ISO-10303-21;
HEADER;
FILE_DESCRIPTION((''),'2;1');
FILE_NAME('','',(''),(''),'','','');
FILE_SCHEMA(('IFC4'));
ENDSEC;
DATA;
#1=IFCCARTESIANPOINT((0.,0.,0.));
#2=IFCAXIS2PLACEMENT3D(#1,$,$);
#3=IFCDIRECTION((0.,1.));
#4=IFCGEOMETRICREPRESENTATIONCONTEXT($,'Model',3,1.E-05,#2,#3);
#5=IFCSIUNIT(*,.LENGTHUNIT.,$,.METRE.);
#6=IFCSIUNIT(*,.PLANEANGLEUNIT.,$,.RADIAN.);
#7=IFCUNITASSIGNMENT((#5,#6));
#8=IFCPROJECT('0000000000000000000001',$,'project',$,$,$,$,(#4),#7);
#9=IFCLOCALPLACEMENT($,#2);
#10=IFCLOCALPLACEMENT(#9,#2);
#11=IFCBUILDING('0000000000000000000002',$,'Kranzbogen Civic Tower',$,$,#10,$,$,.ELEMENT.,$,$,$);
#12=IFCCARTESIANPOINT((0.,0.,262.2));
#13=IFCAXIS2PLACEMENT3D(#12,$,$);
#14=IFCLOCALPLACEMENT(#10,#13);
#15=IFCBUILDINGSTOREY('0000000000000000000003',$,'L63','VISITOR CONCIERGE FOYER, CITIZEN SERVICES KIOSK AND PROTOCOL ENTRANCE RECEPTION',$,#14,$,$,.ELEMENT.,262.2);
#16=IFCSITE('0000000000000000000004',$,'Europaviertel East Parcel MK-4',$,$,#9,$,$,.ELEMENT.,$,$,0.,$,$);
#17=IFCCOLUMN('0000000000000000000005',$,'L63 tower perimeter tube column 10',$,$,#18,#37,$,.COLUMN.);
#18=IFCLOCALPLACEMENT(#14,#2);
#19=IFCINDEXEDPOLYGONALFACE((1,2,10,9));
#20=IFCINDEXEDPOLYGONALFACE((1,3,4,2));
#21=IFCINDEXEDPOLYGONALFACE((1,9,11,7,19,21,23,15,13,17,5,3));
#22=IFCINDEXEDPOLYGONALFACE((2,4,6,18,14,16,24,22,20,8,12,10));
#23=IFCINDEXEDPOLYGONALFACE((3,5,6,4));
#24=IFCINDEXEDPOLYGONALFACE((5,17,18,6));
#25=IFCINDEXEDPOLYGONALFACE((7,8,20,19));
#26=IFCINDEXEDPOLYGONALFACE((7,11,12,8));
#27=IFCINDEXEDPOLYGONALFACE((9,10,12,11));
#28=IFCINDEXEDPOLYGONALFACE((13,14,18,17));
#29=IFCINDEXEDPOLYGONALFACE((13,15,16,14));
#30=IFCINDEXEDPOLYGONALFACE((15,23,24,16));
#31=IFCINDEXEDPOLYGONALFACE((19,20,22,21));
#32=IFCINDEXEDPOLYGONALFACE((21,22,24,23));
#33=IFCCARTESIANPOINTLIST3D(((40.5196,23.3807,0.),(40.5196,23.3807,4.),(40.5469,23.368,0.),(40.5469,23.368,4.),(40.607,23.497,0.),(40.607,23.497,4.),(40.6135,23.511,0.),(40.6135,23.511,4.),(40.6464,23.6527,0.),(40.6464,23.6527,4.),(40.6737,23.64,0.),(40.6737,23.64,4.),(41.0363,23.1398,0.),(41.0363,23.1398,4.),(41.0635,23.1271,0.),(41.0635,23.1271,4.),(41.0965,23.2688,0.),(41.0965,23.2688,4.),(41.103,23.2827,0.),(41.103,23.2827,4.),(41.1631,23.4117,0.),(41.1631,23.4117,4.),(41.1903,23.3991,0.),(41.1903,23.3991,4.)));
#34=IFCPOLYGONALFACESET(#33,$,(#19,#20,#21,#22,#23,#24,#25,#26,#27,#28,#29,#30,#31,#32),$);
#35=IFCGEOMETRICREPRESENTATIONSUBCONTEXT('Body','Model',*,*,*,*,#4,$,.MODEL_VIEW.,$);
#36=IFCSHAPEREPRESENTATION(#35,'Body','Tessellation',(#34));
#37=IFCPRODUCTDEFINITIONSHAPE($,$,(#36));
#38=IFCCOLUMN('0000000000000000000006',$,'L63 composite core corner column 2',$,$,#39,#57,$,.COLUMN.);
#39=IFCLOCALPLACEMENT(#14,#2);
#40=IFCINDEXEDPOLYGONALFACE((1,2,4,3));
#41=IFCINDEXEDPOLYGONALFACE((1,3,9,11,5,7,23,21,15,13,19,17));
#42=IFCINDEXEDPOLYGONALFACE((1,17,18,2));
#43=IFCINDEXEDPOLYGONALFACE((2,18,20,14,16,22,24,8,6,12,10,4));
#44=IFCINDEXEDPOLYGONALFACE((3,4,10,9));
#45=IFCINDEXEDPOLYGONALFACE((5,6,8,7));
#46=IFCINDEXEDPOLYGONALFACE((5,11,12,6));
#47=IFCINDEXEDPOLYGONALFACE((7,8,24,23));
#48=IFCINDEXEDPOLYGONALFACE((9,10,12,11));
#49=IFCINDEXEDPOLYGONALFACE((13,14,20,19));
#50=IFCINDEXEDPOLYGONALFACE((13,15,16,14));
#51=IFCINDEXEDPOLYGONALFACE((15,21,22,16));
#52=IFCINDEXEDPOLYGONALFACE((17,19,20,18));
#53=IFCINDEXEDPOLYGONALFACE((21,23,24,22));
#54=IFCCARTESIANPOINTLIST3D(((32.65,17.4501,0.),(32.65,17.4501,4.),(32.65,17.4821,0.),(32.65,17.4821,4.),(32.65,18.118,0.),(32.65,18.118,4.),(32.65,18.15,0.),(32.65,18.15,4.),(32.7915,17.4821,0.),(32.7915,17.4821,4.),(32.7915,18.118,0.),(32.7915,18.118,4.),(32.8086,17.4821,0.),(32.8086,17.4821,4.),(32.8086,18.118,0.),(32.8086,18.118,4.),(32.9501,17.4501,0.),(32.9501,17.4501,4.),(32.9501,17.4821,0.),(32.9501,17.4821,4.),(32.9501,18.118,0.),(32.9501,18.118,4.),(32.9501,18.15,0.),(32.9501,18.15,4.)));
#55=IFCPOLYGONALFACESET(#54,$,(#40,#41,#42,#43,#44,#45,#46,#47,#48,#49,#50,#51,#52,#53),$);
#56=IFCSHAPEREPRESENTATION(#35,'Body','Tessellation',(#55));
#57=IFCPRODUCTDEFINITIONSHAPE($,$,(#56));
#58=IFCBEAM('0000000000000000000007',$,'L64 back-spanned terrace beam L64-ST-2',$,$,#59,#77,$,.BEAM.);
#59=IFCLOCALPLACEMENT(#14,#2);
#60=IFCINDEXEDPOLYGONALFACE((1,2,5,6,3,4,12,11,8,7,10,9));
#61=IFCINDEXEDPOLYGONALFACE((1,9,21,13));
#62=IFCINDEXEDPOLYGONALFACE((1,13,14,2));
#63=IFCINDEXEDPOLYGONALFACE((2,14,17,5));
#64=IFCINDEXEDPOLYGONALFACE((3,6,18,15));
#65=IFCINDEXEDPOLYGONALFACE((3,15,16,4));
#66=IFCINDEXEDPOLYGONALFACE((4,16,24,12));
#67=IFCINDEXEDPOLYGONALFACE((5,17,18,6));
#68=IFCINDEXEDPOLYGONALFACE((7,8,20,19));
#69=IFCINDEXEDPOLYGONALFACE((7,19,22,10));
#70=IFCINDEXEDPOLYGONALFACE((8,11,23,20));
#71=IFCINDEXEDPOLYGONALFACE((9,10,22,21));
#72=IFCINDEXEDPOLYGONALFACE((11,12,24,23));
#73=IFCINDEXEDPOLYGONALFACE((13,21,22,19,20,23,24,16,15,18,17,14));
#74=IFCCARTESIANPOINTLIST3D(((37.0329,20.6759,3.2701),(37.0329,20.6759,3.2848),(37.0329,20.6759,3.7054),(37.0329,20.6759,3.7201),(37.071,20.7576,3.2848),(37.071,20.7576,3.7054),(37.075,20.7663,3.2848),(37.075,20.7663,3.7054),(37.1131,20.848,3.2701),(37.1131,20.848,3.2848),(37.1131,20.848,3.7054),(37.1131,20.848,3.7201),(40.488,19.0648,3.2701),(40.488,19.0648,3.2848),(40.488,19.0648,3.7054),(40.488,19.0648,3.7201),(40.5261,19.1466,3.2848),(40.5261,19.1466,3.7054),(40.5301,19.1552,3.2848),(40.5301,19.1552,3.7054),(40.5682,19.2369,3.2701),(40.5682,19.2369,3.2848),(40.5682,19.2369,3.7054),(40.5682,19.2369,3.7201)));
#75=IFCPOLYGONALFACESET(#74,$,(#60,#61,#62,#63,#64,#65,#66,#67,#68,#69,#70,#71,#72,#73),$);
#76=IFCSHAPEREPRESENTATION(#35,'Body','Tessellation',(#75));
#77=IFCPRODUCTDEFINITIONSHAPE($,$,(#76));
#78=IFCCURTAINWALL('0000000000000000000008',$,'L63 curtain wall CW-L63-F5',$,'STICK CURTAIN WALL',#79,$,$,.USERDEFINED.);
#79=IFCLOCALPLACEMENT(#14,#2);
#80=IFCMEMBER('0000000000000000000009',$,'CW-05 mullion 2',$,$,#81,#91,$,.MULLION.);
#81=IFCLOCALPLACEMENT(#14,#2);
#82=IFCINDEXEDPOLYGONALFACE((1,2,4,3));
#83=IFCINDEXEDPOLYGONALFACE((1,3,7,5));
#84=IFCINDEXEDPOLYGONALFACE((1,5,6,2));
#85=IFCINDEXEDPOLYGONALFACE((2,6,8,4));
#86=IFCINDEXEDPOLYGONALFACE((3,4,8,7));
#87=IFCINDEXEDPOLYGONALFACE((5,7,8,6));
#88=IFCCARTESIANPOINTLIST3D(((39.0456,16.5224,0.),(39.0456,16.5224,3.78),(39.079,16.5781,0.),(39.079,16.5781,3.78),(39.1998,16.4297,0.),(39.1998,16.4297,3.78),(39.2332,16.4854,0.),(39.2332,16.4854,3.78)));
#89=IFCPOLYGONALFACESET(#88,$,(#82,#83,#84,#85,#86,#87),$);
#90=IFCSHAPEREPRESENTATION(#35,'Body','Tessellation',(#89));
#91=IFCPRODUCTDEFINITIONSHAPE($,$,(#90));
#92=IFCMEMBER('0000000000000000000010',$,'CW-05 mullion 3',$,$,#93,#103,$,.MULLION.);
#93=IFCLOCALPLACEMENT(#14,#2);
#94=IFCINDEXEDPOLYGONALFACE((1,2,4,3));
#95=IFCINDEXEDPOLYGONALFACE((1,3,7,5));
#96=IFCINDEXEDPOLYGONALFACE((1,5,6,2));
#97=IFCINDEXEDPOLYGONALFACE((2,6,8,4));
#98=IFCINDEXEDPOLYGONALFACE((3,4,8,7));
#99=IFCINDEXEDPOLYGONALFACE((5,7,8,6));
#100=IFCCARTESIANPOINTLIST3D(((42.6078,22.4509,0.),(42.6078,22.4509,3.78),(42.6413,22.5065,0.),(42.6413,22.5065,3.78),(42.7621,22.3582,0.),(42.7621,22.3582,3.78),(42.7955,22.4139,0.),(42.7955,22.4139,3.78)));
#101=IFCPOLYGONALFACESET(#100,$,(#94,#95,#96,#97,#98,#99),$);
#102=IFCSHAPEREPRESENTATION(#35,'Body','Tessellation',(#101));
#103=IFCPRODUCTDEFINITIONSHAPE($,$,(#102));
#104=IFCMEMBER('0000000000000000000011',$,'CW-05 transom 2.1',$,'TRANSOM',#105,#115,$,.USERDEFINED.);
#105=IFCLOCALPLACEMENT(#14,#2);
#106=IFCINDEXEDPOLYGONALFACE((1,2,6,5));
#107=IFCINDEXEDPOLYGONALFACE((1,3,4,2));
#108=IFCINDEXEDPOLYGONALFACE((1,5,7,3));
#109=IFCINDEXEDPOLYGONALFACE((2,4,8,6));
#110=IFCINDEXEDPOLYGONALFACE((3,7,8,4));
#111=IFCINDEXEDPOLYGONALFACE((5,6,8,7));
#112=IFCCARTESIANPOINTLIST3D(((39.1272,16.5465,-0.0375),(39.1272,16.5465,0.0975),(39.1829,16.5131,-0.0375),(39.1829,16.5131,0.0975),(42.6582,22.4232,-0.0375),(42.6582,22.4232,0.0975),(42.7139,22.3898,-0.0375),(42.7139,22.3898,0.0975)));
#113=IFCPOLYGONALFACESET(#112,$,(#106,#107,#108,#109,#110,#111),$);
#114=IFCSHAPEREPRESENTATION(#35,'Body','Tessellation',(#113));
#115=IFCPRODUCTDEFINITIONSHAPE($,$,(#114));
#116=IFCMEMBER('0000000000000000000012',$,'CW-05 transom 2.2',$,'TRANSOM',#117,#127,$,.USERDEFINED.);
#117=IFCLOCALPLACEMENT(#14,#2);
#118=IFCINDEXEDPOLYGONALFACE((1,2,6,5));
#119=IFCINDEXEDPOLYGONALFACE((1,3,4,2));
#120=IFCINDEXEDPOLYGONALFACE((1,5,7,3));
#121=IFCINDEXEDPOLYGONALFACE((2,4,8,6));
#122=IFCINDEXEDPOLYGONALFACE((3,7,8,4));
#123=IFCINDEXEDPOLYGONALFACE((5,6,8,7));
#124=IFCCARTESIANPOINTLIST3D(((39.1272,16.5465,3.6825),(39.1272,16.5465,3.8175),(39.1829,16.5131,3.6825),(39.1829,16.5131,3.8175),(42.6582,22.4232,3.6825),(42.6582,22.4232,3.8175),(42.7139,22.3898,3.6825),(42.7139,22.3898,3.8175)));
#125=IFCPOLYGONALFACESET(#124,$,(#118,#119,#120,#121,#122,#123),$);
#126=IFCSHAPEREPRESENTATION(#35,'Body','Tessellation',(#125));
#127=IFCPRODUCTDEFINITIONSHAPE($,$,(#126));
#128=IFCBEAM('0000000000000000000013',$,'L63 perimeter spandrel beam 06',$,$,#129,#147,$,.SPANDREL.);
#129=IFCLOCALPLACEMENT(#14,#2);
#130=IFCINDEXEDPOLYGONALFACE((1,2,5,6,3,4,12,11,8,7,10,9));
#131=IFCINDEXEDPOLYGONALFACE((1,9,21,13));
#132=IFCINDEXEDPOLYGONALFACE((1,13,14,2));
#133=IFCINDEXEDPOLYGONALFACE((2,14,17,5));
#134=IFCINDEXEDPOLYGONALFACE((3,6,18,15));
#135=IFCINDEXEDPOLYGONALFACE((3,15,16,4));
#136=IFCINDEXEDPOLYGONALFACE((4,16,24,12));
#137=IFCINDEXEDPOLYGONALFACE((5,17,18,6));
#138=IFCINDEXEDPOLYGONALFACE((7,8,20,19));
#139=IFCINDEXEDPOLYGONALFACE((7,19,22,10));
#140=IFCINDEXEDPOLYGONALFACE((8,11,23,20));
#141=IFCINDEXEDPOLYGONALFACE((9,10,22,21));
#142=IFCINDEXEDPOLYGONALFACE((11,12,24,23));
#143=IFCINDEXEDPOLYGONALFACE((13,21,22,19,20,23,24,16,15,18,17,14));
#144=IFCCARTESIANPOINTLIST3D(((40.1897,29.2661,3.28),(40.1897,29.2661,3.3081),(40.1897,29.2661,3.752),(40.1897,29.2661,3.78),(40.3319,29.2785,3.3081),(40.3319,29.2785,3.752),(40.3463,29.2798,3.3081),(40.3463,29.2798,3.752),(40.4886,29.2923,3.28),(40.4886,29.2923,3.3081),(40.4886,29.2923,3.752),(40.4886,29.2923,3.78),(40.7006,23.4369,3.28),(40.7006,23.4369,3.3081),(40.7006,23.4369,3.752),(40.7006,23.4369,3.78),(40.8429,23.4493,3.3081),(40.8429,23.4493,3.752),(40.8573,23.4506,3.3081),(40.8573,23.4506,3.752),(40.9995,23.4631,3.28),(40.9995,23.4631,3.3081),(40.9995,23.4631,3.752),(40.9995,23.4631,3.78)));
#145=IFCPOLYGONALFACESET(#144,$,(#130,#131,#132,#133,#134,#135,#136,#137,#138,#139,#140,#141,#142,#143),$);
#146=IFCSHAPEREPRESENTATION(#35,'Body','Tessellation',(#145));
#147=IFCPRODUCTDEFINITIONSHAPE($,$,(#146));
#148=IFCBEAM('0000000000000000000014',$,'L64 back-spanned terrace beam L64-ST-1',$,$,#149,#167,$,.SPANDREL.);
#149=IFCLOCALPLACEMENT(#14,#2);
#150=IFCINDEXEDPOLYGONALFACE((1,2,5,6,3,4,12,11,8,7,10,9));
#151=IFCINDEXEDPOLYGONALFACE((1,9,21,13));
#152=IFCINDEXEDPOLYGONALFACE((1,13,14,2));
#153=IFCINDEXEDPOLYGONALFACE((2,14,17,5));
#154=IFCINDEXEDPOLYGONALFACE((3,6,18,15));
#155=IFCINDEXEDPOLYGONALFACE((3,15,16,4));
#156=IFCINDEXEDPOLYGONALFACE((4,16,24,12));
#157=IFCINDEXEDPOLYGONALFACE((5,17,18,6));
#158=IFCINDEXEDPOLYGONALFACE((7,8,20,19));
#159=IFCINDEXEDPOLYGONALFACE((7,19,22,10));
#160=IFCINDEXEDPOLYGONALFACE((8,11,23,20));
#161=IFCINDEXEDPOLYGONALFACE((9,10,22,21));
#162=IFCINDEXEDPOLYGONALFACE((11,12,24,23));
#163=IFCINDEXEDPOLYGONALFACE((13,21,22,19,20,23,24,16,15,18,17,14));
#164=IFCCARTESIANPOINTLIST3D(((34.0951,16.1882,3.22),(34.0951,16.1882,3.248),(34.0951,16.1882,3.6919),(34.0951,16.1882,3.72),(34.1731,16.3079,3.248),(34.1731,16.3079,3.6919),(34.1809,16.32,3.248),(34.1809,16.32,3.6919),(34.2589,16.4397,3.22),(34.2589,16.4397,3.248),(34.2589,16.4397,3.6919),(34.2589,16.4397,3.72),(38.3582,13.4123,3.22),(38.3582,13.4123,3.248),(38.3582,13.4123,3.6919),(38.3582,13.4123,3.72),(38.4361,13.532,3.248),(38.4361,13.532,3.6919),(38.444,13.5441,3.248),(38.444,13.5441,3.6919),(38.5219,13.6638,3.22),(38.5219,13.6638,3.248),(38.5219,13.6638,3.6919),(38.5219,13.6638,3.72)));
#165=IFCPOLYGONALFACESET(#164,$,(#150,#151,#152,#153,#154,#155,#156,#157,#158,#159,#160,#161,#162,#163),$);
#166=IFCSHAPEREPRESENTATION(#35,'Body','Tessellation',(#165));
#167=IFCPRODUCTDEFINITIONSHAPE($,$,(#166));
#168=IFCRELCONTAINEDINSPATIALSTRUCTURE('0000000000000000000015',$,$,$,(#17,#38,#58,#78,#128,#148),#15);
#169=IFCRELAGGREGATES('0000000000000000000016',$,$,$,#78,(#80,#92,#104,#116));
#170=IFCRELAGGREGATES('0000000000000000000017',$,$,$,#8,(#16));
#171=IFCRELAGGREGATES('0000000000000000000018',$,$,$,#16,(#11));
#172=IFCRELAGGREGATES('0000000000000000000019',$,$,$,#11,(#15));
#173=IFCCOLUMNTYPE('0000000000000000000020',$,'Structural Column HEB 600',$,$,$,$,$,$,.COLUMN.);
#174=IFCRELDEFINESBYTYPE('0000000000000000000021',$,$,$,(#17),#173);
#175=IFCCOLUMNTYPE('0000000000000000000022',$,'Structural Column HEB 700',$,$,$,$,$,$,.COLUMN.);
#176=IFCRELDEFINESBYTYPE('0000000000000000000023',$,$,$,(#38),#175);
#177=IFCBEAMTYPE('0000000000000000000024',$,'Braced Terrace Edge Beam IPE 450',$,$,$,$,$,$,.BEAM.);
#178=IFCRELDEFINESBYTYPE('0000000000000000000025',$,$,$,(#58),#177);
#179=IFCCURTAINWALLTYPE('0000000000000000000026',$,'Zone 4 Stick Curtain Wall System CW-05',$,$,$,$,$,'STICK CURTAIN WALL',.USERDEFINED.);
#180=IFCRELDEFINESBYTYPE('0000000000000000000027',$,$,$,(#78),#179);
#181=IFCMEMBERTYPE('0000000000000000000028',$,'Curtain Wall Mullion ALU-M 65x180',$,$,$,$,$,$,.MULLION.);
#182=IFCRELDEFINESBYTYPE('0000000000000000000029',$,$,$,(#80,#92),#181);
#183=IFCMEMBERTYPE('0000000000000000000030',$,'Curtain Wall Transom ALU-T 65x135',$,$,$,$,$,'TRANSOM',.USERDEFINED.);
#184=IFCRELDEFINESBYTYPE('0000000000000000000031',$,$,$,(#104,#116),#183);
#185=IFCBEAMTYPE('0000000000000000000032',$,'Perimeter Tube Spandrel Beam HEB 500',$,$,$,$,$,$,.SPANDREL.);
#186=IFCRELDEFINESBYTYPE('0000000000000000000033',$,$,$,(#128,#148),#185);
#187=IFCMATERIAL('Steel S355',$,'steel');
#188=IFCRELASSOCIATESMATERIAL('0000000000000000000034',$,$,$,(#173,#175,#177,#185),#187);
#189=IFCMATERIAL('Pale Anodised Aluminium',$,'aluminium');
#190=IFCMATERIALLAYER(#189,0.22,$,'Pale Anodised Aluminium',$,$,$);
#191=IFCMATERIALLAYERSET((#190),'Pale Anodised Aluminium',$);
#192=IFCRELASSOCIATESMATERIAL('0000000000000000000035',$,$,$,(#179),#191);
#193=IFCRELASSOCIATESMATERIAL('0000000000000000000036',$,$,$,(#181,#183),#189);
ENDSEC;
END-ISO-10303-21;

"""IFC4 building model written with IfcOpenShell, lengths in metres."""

from ifc_helpers import new_model, si_unit, direction, frame, origin, origin_2d, place, context, subcontext, project, spatial, rectangle, i_section, extrude, material, layer, layer_set, material_profile, profile_set, type_object, element, aggregate, save


model = new_model("IFC4")

# Units and contexts
model_context = context("Model", 3, precision=1e-05, world=origin(), true_north=direction((0.0, 1.0)))
body_context = subcontext(model_context, "Body", "Model", "MODEL_VIEW")
ifc_project = project(units=[si_unit("LENGTHUNIT", "METRE"), si_unit("PLANEANGLEUNIT", "RADIAN")], contexts=[model_context])

# Site, building, storey
site_placement = place(None, origin())
site = spatial("IfcSite", under=ifc_project, at=site_placement, Name="Europaviertel East Parcel MK-4", CompositionType="ELEMENT", RefElevation=0.0)
building_placement = place(site_placement, origin())
building = spatial("IfcBuilding", under=site, at=building_placement, Name="Kranzbogen Civic Tower", CompositionType="ELEMENT")
storey_placement = place(building_placement, frame((0.0, 0.0, 262.2)))
storey = spatial("IfcBuildingStorey", under=building, at=storey_placement, Name="L63", Description="VISITOR CONCIERGE FOYER, CITIZEN SERVICES KIOSK AND PROTOCOL ENTRANCE RECEPTION", CompositionType="ELEMENT", Elevation=262.2)

# Columns
ifc_material_1 = material(Name="Steel S355", Category="steel")
ifc_material_profile_1 = material_profile(ifc_material_1, i_section(OverallWidth=0.3, OverallDepth=0.6001, WebThickness=0.0154, FlangeThickness=0.03, at=origin_2d()), Name="HEB 600")
ifc_profile_set_1 = profile_set([ifc_material_profile_1], Name="Steel S355")
column_type_1 = type_object("IfcColumnType", Name="Structural Column HEB 600", PredefinedType="COLUMN", material=ifc_profile_set_1)
column_1_placement = place(storey_placement, frame((40.855, 23.3899, 0.0), z_axis=(0.0, 0.0, 1.0), x_axis=(0.422618, 0.906308, 0.0)))
element("IfcColumn", 1, at=column_1_placement, inside=storey, type_object=column_type_1, Name="L63 tower perimeter tube column 10", PredefinedType="COLUMN", context=body_context, shape_type="SweptSolid", body=[
    extrude(i_section(OverallWidth=0.3, OverallDepth=0.6001, WebThickness=0.0154, FlangeThickness=0.03, at=origin_2d()), origin(), (0.0, 0.0, 1.0), 4.0),
])
ifc_material_profile_2 = material_profile(ifc_material_1, i_section(OverallWidth=0.3, OverallDepth=0.7, WebThickness=0.0171, FlangeThickness=0.032, at=origin_2d()), Name="HEB 700")
ifc_profile_set_2 = profile_set([ifc_material_profile_2], Name="Steel S355")
column_type_2 = type_object("IfcColumnType", Name="Structural Column HEB 700", PredefinedType="COLUMN", material=ifc_profile_set_2)
column_2_placement = place(storey_placement, frame((32.8, 17.8, 0.0), z_axis=(0.0, 0.0, 1.0), x_axis=(1.0, 0.0, 0.0)))
element("IfcColumn", 2, at=column_2_placement, inside=storey, type_object=column_type_2, Name="L63 composite core corner column 2", PredefinedType="COLUMN", context=body_context, shape_type="SweptSolid", body=[
    extrude(i_section(OverallWidth=0.3, OverallDepth=0.7, WebThickness=0.0171, FlangeThickness=0.032, at=origin_2d()), origin(), (0.0, 0.0, 1.0), 4.0),
])

# Beam
ifc_material_profile_3 = material_profile(ifc_material_1, i_section(OverallWidth=0.1899, OverallDepth=0.45, WebThickness=0.0095, FlangeThickness=0.0146, at=origin_2d()), Name="IPE 450")
ifc_profile_set_3 = profile_set([ifc_material_profile_3], Name="Steel S355")
beam_type_1 = type_object("IfcBeamType", Name="Braced Terrace Edge Beam IPE 450", PredefinedType="BEAM", material=ifc_profile_set_3)
beam_1_placement = place(storey_placement, frame((37.073, 20.762, 3.4951), z_axis=(0.906312, -0.422608, 0.0), x_axis=(0.422608, 0.906312, 0.0)))
element("IfcBeam", 3, at=beam_1_placement, inside=storey, type_object=beam_type_1, Name="L64 back-spanned terrace beam L64-ST-2", PredefinedType="BEAM", context=body_context, shape_type="SweptSolid", body=[
    extrude(i_section(OverallWidth=0.1899, OverallDepth=0.45, WebThickness=0.0095, FlangeThickness=0.0146, at=origin_2d()), origin(), (0.0, 0.0, 1.0), 3.8123),
])

# Curtain wall, members
ifc_material_2 = material(Name="Pale Anodised Aluminium", Category="aluminium")
ifc_layer_1 = layer(ifc_material_2, 0.22, Name="Pale Anodised Aluminium")
ifc_layer_set_1 = layer_set([ifc_layer_1], Name="Pale Anodised Aluminium")
curtain_wall_type = type_object("IfcCurtainWallType", Name="Zone 4 Stick Curtain Wall System CW-05", ElementType="STICK CURTAIN WALL", PredefinedType="USERDEFINED", material=ifc_layer_set_1)
curtain_wall_placement = place(storey_placement, origin())
curtain_wall = element("IfcCurtainWall", 4, at=curtain_wall_placement, inside=storey, type_object=curtain_wall_type, Name="L63 curtain wall CW-L63-F5", ObjectType="STICK CURTAIN WALL", PredefinedType="USERDEFINED")
ifc_material_profile_4 = material_profile(ifc_material_2, rectangle(XDim=0.0649, YDim=0.1799, at=origin_2d()), Name="ALU-M 65x180")
ifc_profile_set_4 = profile_set([ifc_material_profile_4], Name="Pale Anodised Aluminium")
member_type_1 = type_object("IfcMemberType", Name="Curtain Wall Mullion ALU-M 65x180", PredefinedType="MULLION", material=ifc_profile_set_4)
member_1_placement = place(storey_placement, frame((39.1394, 16.5039, 0.0), z_axis=(0.0, 0.0, 1.0), x_axis=(0.515036, 0.857169, 0.0)))
member_1 = element("IfcMember", 5, at=member_1_placement, type_object=member_type_1, Name="CW-05 mullion 2", PredefinedType="MULLION", context=body_context, shape_type="SweptSolid", body=[
    extrude(rectangle(XDim=0.0649, YDim=0.1799, at=origin_2d()), origin(), (0.0, 0.0, 1.0), 3.78),
])
member_2_placement = place(storey_placement, frame((42.7017, 22.4324, 0.0), z_axis=(0.0, 0.0, 1.0), x_axis=(0.515036, 0.857169, 0.0)))
member_2 = element("IfcMember", 6, at=member_2_placement, type_object=member_type_1, Name="CW-05 mullion 3", PredefinedType="MULLION", context=body_context, shape_type="SweptSolid", body=[
    extrude(rectangle(XDim=0.0649, YDim=0.1799, at=origin_2d()), origin(), (0.0, 0.0, 1.0), 3.78),
])
ifc_material_profile_5 = material_profile(ifc_material_2, rectangle(XDim=0.0649, YDim=0.135, at=origin_2d()), Name="ALU-T 65x135")
ifc_profile_set_5 = profile_set([ifc_material_profile_5], Name="Pale Anodised Aluminium")
member_type_2 = type_object("IfcMemberType", Name="Curtain Wall Transom ALU-T 65x135", ElementType="TRANSOM", PredefinedType="USERDEFINED", material=ifc_profile_set_5)
member_3_placement = place(storey_placement, frame((39.155, 16.5298, 0.03), z_axis=(0.51503, 0.857172, 0.0), x_axis=(-0.857172, 0.51503, 0.0)))
member_3 = element("IfcMember", 7, at=member_3_placement, type_object=member_type_2, Name="CW-05 transom 2.1", ObjectType="TRANSOM", PredefinedType="USERDEFINED", context=body_context, shape_type="SweptSolid", body=[
    extrude(rectangle(XDim=0.0649, YDim=0.135, at=origin_2d()), origin(), (0.0, 0.0, 1.0), 6.856),
])
member_4_placement = place(storey_placement, frame((39.155, 16.5298, 3.75), z_axis=(0.51503, 0.857172, 0.0), x_axis=(-0.857172, 0.51503, 0.0)))
member_4 = element("IfcMember", 8, at=member_4_placement, type_object=member_type_2, Name="CW-05 transom 2.2", ObjectType="TRANSOM", PredefinedType="USERDEFINED", context=body_context, shape_type="SweptSolid", body=[
    extrude(rectangle(XDim=0.0649, YDim=0.135, at=origin_2d()), origin(), (0.0, 0.0, 1.0), 6.856),
])

# Beams
ifc_material_profile_6 = material_profile(ifc_material_1, i_section(OverallWidth=0.3, OverallDepth=0.5, WebThickness=0.0144, FlangeThickness=0.0281, at=origin_2d()), Name="HEB 500")
ifc_profile_set_6 = profile_set([ifc_material_profile_6], Name="Steel S355")
beam_type_2 = type_object("IfcBeamType", Name="Perimeter Tube Spandrel Beam HEB 500", PredefinedType="SPANDREL", material=ifc_profile_set_6)
beam_2_placement = place(storey_placement, frame((40.8501, 23.45, 3.53), z_axis=(-0.087326, 0.99618, 0.0), x_axis=(-0.99618, -0.087326, 0.0)))
element("IfcBeam", 9, at=beam_2_placement, inside=storey, type_object=beam_type_2, Name="L63 perimeter spandrel beam 06", PredefinedType="SPANDREL", context=body_context, shape_type="SweptSolid", body=[
    extrude(i_section(OverallWidth=0.3, OverallDepth=0.5, WebThickness=0.0144, FlangeThickness=0.0281, at=origin_2d()), origin(), (0.0, 0.0, 1.0), 5.8516),
])
beam_3_placement = place(storey_placement, frame((34.177, 16.314, 3.47), z_axis=(0.837997, -0.545675, 0.0), x_axis=(0.545675, 0.837997, 0.0)))
element("IfcBeam", 10, at=beam_3_placement, inside=storey, type_object=beam_type_2, Name="L64 back-spanned terrace beam L64-ST-1", PredefinedType="SPANDREL", context=body_context, shape_type="SweptSolid", body=[
    extrude(i_section(OverallWidth=0.3, OverallDepth=0.5, WebThickness=0.0144, FlangeThickness=0.0281, at=origin_2d()), origin(), (0.0, 0.0, 1.0), 5.0872),
])

aggregate(curtain_wall, [member_1, member_2, member_3, member_4])

save(model, "model.ifc")
